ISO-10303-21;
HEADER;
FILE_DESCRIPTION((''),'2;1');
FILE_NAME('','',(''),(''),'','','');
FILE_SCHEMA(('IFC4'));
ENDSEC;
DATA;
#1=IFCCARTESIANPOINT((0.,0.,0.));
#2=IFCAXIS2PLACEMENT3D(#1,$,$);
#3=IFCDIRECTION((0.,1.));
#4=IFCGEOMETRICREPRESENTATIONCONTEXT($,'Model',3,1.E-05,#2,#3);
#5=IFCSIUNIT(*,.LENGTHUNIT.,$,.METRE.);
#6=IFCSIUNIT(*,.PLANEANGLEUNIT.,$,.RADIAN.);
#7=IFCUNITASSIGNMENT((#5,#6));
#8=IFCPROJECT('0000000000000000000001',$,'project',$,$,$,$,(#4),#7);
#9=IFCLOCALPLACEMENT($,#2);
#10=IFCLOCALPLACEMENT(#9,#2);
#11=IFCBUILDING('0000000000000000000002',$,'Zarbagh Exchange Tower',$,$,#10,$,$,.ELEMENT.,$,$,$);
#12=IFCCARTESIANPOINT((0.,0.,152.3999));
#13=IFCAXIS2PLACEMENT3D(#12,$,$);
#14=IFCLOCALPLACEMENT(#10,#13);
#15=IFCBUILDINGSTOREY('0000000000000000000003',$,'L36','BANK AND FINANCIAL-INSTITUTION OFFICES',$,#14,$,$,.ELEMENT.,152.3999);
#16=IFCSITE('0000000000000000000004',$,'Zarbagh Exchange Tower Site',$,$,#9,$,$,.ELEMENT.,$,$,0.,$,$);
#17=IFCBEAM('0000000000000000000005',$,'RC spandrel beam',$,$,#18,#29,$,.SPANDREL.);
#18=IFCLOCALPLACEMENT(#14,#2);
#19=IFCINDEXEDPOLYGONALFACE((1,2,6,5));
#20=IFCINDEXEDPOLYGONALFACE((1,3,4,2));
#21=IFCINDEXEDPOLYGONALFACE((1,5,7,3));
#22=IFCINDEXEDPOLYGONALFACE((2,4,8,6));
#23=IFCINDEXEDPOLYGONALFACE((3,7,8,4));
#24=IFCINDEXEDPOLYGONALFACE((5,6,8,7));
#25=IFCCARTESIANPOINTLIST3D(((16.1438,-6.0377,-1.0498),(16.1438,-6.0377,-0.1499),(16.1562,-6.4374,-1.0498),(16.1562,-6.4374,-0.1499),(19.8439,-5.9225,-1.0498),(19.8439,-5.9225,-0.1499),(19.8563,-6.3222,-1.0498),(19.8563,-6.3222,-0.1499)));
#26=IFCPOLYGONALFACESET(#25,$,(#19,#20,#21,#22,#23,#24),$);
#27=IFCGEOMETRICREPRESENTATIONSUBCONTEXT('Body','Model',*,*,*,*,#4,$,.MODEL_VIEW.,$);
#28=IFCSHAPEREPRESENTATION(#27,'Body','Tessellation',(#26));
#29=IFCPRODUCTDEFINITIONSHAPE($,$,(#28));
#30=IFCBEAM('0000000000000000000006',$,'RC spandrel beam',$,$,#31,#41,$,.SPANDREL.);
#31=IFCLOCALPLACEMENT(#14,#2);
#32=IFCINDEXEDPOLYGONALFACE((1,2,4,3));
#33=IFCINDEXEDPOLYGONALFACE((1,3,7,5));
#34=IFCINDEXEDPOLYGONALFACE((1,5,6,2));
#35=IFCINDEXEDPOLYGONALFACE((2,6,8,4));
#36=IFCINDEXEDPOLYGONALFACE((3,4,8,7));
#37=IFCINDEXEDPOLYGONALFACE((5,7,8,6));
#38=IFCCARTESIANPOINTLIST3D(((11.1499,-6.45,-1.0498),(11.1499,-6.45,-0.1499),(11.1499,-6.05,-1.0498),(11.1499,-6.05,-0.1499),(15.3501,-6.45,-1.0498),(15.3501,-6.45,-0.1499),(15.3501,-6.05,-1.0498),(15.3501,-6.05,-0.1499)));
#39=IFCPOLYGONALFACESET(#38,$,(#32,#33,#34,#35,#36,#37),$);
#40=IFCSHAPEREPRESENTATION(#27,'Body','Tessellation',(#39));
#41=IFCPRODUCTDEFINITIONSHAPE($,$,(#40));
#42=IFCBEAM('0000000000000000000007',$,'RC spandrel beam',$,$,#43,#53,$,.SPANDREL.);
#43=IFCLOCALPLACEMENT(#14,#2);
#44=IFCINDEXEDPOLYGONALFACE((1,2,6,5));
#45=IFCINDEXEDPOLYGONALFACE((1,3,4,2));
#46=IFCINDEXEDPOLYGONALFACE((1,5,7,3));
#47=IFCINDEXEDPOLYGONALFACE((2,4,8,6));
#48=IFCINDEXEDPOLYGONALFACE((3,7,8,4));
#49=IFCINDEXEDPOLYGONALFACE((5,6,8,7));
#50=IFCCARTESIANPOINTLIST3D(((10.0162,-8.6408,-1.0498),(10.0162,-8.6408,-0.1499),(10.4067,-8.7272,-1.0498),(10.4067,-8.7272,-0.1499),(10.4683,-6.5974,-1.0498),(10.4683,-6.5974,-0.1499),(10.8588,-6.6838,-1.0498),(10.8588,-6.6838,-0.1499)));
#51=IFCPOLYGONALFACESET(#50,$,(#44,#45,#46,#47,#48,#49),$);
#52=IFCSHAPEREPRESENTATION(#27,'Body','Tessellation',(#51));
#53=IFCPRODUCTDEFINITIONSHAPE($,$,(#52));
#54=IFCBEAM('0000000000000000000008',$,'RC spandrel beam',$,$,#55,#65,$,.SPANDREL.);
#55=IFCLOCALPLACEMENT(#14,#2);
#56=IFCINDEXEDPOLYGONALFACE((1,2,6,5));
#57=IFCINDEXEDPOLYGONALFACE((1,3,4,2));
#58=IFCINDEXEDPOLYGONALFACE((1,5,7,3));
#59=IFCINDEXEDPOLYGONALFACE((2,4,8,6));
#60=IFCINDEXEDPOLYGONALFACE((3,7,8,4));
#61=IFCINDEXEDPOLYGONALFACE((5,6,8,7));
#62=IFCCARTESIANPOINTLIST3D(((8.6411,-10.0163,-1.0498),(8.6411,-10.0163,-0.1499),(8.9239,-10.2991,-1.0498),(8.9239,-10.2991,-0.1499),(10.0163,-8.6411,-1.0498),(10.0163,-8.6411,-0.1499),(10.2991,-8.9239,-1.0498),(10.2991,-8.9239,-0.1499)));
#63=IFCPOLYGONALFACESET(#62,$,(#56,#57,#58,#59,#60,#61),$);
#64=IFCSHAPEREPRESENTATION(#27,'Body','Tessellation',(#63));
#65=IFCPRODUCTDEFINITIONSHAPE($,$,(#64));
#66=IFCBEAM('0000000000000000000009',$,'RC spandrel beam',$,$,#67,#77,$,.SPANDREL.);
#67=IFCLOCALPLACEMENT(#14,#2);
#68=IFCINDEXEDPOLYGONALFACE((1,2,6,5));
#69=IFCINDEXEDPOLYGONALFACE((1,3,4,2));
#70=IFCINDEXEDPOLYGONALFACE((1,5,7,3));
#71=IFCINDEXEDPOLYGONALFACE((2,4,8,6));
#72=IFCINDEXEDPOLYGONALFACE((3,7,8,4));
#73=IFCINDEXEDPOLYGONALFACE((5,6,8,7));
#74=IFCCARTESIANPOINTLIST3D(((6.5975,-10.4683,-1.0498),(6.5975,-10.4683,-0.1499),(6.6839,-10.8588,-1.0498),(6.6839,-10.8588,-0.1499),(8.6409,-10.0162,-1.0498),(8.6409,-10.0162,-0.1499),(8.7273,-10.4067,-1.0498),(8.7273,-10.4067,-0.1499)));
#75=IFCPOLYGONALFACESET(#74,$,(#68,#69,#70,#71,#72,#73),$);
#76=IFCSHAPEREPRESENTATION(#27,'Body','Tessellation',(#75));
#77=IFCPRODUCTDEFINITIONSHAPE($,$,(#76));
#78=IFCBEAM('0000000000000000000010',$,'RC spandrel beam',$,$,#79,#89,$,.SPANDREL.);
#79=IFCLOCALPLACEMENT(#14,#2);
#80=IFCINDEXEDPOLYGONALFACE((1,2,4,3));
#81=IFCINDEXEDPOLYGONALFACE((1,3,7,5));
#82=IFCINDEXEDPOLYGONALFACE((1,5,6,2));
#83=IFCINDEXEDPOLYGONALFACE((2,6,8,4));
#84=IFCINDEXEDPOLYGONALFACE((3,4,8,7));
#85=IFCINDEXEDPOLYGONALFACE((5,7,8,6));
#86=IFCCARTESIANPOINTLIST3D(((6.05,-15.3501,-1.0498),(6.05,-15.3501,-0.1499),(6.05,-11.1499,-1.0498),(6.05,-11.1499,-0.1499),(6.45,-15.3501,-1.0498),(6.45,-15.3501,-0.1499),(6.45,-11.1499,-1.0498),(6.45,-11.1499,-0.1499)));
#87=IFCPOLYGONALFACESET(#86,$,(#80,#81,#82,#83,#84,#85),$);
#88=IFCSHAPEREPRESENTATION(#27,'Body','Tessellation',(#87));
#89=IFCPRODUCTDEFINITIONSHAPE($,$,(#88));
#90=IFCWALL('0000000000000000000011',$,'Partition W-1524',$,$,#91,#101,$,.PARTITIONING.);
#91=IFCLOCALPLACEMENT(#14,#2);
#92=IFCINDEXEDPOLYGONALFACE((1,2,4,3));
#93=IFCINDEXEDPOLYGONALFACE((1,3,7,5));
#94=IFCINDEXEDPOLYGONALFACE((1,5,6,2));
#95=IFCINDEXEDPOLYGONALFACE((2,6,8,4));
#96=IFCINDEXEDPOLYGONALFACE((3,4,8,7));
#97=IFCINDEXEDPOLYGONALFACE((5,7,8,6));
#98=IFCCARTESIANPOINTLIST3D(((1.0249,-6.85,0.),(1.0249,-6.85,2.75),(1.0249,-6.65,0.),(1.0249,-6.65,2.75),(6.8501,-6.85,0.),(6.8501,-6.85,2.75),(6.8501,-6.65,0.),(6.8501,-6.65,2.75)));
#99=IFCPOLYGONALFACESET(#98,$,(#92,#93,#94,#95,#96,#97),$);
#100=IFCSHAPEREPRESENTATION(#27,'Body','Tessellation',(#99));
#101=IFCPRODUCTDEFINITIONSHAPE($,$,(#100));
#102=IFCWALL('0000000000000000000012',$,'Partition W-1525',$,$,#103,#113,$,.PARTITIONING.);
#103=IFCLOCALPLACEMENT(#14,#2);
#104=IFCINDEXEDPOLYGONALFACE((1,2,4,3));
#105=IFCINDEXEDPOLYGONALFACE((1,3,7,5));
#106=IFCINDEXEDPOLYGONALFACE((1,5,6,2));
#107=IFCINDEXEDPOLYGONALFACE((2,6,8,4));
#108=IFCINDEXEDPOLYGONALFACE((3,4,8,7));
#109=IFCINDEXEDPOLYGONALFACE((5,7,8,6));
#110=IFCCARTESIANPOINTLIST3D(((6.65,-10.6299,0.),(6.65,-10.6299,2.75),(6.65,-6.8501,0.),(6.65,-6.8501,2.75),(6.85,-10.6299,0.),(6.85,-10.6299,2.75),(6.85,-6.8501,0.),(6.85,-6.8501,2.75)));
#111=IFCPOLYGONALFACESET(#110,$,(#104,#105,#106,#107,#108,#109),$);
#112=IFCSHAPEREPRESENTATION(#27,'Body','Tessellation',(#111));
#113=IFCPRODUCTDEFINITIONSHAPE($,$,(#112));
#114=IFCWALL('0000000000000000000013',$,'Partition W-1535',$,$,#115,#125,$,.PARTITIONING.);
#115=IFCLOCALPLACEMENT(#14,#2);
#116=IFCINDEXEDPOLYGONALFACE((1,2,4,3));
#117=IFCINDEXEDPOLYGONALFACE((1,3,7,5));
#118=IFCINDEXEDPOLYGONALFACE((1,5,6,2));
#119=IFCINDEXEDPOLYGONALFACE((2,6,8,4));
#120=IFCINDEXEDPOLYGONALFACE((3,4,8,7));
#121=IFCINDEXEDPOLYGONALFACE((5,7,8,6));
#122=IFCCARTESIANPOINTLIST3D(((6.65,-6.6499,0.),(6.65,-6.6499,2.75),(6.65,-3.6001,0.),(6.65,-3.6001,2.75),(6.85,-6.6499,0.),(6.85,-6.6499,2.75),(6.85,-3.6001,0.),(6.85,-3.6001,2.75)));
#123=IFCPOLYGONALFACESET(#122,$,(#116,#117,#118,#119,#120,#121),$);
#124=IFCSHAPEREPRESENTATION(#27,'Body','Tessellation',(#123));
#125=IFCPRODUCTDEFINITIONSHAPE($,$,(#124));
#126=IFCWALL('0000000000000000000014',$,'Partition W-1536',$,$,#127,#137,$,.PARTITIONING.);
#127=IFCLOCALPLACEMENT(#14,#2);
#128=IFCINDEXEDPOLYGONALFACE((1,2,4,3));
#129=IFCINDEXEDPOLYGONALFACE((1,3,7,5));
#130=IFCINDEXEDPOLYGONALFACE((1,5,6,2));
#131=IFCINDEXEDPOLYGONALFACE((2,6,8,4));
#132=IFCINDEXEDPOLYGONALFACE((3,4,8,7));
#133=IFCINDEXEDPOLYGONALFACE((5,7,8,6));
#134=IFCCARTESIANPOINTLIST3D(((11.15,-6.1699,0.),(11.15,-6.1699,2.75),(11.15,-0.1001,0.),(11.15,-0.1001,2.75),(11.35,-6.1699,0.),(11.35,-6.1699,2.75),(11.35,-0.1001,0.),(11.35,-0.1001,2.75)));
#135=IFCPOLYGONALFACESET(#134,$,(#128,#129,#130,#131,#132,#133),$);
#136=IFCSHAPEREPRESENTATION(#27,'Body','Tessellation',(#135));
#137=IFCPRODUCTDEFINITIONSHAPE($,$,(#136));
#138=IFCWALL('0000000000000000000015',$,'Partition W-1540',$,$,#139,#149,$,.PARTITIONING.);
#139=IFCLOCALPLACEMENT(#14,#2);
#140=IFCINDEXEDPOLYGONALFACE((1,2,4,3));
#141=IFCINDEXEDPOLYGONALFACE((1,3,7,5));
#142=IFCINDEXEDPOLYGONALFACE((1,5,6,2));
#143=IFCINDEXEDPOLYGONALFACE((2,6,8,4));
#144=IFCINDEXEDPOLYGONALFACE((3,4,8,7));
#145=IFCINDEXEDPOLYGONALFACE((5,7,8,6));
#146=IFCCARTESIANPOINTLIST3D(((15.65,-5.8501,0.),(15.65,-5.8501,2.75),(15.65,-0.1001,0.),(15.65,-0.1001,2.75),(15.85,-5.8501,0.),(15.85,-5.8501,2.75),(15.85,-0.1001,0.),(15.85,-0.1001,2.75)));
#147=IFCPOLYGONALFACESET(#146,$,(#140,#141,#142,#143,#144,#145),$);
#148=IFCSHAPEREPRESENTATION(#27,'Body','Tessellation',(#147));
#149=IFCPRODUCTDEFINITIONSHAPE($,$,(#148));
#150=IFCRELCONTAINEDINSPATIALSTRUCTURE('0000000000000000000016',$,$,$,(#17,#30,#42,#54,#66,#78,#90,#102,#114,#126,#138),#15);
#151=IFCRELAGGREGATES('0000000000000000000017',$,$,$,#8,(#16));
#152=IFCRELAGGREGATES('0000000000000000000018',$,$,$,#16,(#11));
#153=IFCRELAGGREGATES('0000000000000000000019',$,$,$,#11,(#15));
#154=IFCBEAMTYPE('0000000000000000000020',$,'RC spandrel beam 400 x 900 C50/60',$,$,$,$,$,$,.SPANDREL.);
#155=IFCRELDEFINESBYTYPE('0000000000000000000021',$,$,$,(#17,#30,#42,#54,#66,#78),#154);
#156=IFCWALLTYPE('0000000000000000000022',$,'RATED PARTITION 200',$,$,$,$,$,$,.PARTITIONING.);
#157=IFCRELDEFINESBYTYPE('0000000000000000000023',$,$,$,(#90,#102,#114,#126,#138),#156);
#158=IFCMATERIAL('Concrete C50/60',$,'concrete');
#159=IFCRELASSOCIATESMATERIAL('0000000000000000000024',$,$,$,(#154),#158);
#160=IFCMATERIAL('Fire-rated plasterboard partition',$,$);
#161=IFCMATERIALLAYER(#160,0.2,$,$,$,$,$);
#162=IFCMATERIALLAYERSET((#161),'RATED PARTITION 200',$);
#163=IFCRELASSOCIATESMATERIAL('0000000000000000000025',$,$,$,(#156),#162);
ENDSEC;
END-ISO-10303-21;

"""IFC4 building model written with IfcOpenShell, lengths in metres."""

from ifc_helpers import new_model, si_unit, direction, frame, frame_2d, origin, origin_2d, place, context, subcontext, project, spatial, rectangle, extrude, material, layer, layer_set, material_profile, profile_set, type_object, element, save


model = new_model("IFC4")

# Units and contexts
model_context = context("Model", 3, precision=1e-05, world=origin(), true_north=direction((0.0, 1.0)))
body_context = subcontext(model_context, "Body", "Model", "MODEL_VIEW")
ifc_project = project(units=[si_unit("LENGTHUNIT", "METRE"), si_unit("PLANEANGLEUNIT", "RADIAN")], contexts=[model_context])

# Site, building, storey
site_placement = place(None, origin())
site = spatial("IfcSite", under=ifc_project, at=site_placement, Name="Zarbagh Exchange Tower Site", CompositionType="ELEMENT", RefElevation=0.0)
building_placement = place(site_placement, origin())
building = spatial("IfcBuilding", under=site, at=building_placement, Name="Zarbagh Exchange Tower", CompositionType="ELEMENT")
storey_placement = place(building_placement, frame((0.0, 0.0, 152.3999)))
storey = spatial("IfcBuildingStorey", under=building, at=storey_placement, Name="L36", Description="BANK AND FINANCIAL-INSTITUTION OFFICES", CompositionType="ELEMENT", Elevation=152.3999)

# Shared definitions
ifc_material_1 = material(Name="Concrete C50/60", Category="concrete")

# Beams
ifc_material_profile_1 = material_profile(ifc_material_1, rectangle(XDim=0.3999, YDim=0.8999, at=origin_2d()), Name="RC spandrel beam 400 x 900 C50/60")
ifc_profile_set_1 = profile_set([ifc_material_profile_1], Name="Concrete C50/60")
beam_type_1 = type_object("IfcBeamType", Name="RC spandrel beam 400 x 900 C50/60", PredefinedType="SPANDREL", material=ifc_profile_set_1)
beam_1_placement = place(storey_placement, frame((19.8501, -6.1223, -0.5999), z_axis=(-0.999515, -0.031128, 0.0), x_axis=(0.031128, -0.999515, 0.0)))
element("IfcBeam", 1, at=beam_1_placement, inside=storey, type_object=beam_type_1, Name="RC spandrel beam", PredefinedType="SPANDREL", context=body_context, shape_type="SweptSolid", body=[
    extrude(rectangle(XDim=0.3999, YDim=0.8999, at=origin_2d()), origin(), (0.0, 0.0, 1.0), 3.7019),
])
beam_2_placement = place(storey_placement, frame((15.3501, -6.25, -0.5999), z_axis=(-1.0, 0.0, 0.0), x_axis=(0.0, -1.0, 0.0)))
element("IfcBeam", 2, at=beam_2_placement, inside=storey, type_object=beam_type_1, Name="RC spandrel beam", PredefinedType="SPANDREL", context=body_context, shape_type="SweptSolid", body=[
    extrude(rectangle(XDim=0.3999, YDim=0.8999, at=origin_2d()), origin(), (0.0, 0.0, 1.0), 4.2002),
])
beam_3_placement = place(storey_placement, frame((10.6636, -6.6406, -0.5999), z_axis=(-0.216041, -0.976384, 0.0), x_axis=(0.976384, -0.216041, 0.0)))
element("IfcBeam", 3, at=beam_3_placement, inside=storey, type_object=beam_type_1, Name="RC spandrel beam", PredefinedType="SPANDREL", context=body_context, shape_type="SweptSolid", body=[
    extrude(rectangle(XDim=0.3999, YDim=0.8999, at=origin_2d()), origin(), (0.0, 0.0, 1.0), 2.0928),
])
beam_4_placement = place(storey_placement, frame((10.1577, -8.7825, -0.5999), z_axis=(-0.707107, -0.707107, 0.0), x_axis=(0.707107, -0.707107, 0.0)))
element("IfcBeam", 4, at=beam_4_placement, inside=storey, type_object=beam_type_1, Name="RC spandrel beam", PredefinedType="SPANDREL", context=body_context, shape_type="SweptSolid", body=[
    extrude(rectangle(XDim=0.3999, YDim=0.8999, at=origin_2d()), origin(), (0.0, 0.0, 1.0), 1.9448),
])
beam_5_placement = place(storey_placement, frame((8.6841, -10.2114, -0.5999), z_axis=(-0.976384, -0.216041, 0.0), x_axis=(0.216041, -0.976384, 0.0)))
element("IfcBeam", 5, at=beam_5_placement, inside=storey, type_object=beam_type_1, Name="RC spandrel beam", PredefinedType="SPANDREL", context=body_context, shape_type="SweptSolid", body=[
    extrude(rectangle(XDim=0.3999, YDim=0.8999, at=origin_2d()), origin(), (0.0, 0.0, 1.0), 2.0928),
])
beam_6_placement = place(storey_placement, frame((6.25, -11.1499, -0.5999), z_axis=(0.0, -1.0, 0.0), x_axis=(1.0, 0.0, 0.0)))
element("IfcBeam", 6, at=beam_6_placement, inside=storey, type_object=beam_type_1, Name="RC spandrel beam", PredefinedType="SPANDREL", context=body_context, shape_type="SweptSolid", body=[
    extrude(rectangle(XDim=0.3999, YDim=0.8999, at=origin_2d()), origin(), (0.0, 0.0, 1.0), 4.2002),
])

# Walls
ifc_material_2 = material(Name="Fire-rated plasterboard partition")
ifc_layer = layer(ifc_material_2, 0.2)
ifc_layer_set = layer_set([ifc_layer], Name="RATED PARTITION 200")
wall_type = type_object("IfcWallType", Name="RATED PARTITION 200", PredefinedType="PARTITIONING", material=ifc_layer_set)
wall_1_placement = place(storey_placement, frame((1.0249, -6.75, 0.0), z_axis=(0.0, 0.0, 1.0), x_axis=(1.0, 0.0, 0.0)))
element("IfcWall", 7, at=wall_1_placement, inside=storey, type_object=wall_type, Name="Partition W-1524", PredefinedType="PARTITIONING", context=body_context, shape_type="SweptSolid", body=[
    extrude(rectangle(XDim=5.8252, YDim=0.2, at=frame_2d((2.9126, 0.0))), origin(), (0.0, 0.0, 1.0), 2.75),
])
wall_2_placement = place(storey_placement, frame((6.75, -10.6299, 0.0), z_axis=(0.0, 0.0, 1.0), x_axis=(0.0, 1.0, 0.0)))
element("IfcWall", 8, at=wall_2_placement, inside=storey, type_object=wall_type, Name="Partition W-1525", PredefinedType="PARTITIONING", context=body_context, shape_type="SweptSolid", body=[
    extrude(rectangle(XDim=3.7798, YDim=0.2, at=frame_2d((1.8899, 0.0))), origin(), (0.0, 0.0, 1.0), 2.75),
])
wall_3_placement = place(storey_placement, frame((6.75, -6.6499, 0.0), z_axis=(0.0, 0.0, 1.0), x_axis=(0.0, 1.0, 0.0)))
element("IfcWall", 9, at=wall_3_placement, inside=storey, type_object=wall_type, Name="Partition W-1535", PredefinedType="PARTITIONING", context=body_context, shape_type="SweptSolid", body=[
    extrude(rectangle(XDim=3.0498, YDim=0.2, at=frame_2d((1.5249, 0.0))), origin(), (0.0, 0.0, 1.0), 2.75),
])
wall_4_placement = place(storey_placement, frame((11.25, -6.1699, 0.0), z_axis=(0.0, 0.0, 1.0), x_axis=(0.0, 1.0, 0.0)))
element("IfcWall", 10, at=wall_4_placement, inside=storey, type_object=wall_type, Name="Partition W-1536", PredefinedType="PARTITIONING", context=body_context, shape_type="SweptSolid", body=[
    extrude(rectangle(XDim=6.0698, YDim=0.2, at=frame_2d((3.0349, 0.0))), origin(), (0.0, 0.0, 1.0), 2.75),
])
wall_5_placement = place(storey_placement, frame((15.75, -5.8501, 0.0), z_axis=(0.0, 0.0, 1.0), x_axis=(0.0, 1.0, 0.0)))
element("IfcWall", 11, at=wall_5_placement, inside=storey, type_object=wall_type, Name="Partition W-1540", PredefinedType="PARTITIONING", context=body_context, shape_type="SweptSolid", body=[
    extrude(rectangle(XDim=5.75, YDim=0.2, at=frame_2d((2.875, 0.0))), origin(), (0.0, 0.0, 1.0), 2.75),
])

save(model, "model.ifc")
